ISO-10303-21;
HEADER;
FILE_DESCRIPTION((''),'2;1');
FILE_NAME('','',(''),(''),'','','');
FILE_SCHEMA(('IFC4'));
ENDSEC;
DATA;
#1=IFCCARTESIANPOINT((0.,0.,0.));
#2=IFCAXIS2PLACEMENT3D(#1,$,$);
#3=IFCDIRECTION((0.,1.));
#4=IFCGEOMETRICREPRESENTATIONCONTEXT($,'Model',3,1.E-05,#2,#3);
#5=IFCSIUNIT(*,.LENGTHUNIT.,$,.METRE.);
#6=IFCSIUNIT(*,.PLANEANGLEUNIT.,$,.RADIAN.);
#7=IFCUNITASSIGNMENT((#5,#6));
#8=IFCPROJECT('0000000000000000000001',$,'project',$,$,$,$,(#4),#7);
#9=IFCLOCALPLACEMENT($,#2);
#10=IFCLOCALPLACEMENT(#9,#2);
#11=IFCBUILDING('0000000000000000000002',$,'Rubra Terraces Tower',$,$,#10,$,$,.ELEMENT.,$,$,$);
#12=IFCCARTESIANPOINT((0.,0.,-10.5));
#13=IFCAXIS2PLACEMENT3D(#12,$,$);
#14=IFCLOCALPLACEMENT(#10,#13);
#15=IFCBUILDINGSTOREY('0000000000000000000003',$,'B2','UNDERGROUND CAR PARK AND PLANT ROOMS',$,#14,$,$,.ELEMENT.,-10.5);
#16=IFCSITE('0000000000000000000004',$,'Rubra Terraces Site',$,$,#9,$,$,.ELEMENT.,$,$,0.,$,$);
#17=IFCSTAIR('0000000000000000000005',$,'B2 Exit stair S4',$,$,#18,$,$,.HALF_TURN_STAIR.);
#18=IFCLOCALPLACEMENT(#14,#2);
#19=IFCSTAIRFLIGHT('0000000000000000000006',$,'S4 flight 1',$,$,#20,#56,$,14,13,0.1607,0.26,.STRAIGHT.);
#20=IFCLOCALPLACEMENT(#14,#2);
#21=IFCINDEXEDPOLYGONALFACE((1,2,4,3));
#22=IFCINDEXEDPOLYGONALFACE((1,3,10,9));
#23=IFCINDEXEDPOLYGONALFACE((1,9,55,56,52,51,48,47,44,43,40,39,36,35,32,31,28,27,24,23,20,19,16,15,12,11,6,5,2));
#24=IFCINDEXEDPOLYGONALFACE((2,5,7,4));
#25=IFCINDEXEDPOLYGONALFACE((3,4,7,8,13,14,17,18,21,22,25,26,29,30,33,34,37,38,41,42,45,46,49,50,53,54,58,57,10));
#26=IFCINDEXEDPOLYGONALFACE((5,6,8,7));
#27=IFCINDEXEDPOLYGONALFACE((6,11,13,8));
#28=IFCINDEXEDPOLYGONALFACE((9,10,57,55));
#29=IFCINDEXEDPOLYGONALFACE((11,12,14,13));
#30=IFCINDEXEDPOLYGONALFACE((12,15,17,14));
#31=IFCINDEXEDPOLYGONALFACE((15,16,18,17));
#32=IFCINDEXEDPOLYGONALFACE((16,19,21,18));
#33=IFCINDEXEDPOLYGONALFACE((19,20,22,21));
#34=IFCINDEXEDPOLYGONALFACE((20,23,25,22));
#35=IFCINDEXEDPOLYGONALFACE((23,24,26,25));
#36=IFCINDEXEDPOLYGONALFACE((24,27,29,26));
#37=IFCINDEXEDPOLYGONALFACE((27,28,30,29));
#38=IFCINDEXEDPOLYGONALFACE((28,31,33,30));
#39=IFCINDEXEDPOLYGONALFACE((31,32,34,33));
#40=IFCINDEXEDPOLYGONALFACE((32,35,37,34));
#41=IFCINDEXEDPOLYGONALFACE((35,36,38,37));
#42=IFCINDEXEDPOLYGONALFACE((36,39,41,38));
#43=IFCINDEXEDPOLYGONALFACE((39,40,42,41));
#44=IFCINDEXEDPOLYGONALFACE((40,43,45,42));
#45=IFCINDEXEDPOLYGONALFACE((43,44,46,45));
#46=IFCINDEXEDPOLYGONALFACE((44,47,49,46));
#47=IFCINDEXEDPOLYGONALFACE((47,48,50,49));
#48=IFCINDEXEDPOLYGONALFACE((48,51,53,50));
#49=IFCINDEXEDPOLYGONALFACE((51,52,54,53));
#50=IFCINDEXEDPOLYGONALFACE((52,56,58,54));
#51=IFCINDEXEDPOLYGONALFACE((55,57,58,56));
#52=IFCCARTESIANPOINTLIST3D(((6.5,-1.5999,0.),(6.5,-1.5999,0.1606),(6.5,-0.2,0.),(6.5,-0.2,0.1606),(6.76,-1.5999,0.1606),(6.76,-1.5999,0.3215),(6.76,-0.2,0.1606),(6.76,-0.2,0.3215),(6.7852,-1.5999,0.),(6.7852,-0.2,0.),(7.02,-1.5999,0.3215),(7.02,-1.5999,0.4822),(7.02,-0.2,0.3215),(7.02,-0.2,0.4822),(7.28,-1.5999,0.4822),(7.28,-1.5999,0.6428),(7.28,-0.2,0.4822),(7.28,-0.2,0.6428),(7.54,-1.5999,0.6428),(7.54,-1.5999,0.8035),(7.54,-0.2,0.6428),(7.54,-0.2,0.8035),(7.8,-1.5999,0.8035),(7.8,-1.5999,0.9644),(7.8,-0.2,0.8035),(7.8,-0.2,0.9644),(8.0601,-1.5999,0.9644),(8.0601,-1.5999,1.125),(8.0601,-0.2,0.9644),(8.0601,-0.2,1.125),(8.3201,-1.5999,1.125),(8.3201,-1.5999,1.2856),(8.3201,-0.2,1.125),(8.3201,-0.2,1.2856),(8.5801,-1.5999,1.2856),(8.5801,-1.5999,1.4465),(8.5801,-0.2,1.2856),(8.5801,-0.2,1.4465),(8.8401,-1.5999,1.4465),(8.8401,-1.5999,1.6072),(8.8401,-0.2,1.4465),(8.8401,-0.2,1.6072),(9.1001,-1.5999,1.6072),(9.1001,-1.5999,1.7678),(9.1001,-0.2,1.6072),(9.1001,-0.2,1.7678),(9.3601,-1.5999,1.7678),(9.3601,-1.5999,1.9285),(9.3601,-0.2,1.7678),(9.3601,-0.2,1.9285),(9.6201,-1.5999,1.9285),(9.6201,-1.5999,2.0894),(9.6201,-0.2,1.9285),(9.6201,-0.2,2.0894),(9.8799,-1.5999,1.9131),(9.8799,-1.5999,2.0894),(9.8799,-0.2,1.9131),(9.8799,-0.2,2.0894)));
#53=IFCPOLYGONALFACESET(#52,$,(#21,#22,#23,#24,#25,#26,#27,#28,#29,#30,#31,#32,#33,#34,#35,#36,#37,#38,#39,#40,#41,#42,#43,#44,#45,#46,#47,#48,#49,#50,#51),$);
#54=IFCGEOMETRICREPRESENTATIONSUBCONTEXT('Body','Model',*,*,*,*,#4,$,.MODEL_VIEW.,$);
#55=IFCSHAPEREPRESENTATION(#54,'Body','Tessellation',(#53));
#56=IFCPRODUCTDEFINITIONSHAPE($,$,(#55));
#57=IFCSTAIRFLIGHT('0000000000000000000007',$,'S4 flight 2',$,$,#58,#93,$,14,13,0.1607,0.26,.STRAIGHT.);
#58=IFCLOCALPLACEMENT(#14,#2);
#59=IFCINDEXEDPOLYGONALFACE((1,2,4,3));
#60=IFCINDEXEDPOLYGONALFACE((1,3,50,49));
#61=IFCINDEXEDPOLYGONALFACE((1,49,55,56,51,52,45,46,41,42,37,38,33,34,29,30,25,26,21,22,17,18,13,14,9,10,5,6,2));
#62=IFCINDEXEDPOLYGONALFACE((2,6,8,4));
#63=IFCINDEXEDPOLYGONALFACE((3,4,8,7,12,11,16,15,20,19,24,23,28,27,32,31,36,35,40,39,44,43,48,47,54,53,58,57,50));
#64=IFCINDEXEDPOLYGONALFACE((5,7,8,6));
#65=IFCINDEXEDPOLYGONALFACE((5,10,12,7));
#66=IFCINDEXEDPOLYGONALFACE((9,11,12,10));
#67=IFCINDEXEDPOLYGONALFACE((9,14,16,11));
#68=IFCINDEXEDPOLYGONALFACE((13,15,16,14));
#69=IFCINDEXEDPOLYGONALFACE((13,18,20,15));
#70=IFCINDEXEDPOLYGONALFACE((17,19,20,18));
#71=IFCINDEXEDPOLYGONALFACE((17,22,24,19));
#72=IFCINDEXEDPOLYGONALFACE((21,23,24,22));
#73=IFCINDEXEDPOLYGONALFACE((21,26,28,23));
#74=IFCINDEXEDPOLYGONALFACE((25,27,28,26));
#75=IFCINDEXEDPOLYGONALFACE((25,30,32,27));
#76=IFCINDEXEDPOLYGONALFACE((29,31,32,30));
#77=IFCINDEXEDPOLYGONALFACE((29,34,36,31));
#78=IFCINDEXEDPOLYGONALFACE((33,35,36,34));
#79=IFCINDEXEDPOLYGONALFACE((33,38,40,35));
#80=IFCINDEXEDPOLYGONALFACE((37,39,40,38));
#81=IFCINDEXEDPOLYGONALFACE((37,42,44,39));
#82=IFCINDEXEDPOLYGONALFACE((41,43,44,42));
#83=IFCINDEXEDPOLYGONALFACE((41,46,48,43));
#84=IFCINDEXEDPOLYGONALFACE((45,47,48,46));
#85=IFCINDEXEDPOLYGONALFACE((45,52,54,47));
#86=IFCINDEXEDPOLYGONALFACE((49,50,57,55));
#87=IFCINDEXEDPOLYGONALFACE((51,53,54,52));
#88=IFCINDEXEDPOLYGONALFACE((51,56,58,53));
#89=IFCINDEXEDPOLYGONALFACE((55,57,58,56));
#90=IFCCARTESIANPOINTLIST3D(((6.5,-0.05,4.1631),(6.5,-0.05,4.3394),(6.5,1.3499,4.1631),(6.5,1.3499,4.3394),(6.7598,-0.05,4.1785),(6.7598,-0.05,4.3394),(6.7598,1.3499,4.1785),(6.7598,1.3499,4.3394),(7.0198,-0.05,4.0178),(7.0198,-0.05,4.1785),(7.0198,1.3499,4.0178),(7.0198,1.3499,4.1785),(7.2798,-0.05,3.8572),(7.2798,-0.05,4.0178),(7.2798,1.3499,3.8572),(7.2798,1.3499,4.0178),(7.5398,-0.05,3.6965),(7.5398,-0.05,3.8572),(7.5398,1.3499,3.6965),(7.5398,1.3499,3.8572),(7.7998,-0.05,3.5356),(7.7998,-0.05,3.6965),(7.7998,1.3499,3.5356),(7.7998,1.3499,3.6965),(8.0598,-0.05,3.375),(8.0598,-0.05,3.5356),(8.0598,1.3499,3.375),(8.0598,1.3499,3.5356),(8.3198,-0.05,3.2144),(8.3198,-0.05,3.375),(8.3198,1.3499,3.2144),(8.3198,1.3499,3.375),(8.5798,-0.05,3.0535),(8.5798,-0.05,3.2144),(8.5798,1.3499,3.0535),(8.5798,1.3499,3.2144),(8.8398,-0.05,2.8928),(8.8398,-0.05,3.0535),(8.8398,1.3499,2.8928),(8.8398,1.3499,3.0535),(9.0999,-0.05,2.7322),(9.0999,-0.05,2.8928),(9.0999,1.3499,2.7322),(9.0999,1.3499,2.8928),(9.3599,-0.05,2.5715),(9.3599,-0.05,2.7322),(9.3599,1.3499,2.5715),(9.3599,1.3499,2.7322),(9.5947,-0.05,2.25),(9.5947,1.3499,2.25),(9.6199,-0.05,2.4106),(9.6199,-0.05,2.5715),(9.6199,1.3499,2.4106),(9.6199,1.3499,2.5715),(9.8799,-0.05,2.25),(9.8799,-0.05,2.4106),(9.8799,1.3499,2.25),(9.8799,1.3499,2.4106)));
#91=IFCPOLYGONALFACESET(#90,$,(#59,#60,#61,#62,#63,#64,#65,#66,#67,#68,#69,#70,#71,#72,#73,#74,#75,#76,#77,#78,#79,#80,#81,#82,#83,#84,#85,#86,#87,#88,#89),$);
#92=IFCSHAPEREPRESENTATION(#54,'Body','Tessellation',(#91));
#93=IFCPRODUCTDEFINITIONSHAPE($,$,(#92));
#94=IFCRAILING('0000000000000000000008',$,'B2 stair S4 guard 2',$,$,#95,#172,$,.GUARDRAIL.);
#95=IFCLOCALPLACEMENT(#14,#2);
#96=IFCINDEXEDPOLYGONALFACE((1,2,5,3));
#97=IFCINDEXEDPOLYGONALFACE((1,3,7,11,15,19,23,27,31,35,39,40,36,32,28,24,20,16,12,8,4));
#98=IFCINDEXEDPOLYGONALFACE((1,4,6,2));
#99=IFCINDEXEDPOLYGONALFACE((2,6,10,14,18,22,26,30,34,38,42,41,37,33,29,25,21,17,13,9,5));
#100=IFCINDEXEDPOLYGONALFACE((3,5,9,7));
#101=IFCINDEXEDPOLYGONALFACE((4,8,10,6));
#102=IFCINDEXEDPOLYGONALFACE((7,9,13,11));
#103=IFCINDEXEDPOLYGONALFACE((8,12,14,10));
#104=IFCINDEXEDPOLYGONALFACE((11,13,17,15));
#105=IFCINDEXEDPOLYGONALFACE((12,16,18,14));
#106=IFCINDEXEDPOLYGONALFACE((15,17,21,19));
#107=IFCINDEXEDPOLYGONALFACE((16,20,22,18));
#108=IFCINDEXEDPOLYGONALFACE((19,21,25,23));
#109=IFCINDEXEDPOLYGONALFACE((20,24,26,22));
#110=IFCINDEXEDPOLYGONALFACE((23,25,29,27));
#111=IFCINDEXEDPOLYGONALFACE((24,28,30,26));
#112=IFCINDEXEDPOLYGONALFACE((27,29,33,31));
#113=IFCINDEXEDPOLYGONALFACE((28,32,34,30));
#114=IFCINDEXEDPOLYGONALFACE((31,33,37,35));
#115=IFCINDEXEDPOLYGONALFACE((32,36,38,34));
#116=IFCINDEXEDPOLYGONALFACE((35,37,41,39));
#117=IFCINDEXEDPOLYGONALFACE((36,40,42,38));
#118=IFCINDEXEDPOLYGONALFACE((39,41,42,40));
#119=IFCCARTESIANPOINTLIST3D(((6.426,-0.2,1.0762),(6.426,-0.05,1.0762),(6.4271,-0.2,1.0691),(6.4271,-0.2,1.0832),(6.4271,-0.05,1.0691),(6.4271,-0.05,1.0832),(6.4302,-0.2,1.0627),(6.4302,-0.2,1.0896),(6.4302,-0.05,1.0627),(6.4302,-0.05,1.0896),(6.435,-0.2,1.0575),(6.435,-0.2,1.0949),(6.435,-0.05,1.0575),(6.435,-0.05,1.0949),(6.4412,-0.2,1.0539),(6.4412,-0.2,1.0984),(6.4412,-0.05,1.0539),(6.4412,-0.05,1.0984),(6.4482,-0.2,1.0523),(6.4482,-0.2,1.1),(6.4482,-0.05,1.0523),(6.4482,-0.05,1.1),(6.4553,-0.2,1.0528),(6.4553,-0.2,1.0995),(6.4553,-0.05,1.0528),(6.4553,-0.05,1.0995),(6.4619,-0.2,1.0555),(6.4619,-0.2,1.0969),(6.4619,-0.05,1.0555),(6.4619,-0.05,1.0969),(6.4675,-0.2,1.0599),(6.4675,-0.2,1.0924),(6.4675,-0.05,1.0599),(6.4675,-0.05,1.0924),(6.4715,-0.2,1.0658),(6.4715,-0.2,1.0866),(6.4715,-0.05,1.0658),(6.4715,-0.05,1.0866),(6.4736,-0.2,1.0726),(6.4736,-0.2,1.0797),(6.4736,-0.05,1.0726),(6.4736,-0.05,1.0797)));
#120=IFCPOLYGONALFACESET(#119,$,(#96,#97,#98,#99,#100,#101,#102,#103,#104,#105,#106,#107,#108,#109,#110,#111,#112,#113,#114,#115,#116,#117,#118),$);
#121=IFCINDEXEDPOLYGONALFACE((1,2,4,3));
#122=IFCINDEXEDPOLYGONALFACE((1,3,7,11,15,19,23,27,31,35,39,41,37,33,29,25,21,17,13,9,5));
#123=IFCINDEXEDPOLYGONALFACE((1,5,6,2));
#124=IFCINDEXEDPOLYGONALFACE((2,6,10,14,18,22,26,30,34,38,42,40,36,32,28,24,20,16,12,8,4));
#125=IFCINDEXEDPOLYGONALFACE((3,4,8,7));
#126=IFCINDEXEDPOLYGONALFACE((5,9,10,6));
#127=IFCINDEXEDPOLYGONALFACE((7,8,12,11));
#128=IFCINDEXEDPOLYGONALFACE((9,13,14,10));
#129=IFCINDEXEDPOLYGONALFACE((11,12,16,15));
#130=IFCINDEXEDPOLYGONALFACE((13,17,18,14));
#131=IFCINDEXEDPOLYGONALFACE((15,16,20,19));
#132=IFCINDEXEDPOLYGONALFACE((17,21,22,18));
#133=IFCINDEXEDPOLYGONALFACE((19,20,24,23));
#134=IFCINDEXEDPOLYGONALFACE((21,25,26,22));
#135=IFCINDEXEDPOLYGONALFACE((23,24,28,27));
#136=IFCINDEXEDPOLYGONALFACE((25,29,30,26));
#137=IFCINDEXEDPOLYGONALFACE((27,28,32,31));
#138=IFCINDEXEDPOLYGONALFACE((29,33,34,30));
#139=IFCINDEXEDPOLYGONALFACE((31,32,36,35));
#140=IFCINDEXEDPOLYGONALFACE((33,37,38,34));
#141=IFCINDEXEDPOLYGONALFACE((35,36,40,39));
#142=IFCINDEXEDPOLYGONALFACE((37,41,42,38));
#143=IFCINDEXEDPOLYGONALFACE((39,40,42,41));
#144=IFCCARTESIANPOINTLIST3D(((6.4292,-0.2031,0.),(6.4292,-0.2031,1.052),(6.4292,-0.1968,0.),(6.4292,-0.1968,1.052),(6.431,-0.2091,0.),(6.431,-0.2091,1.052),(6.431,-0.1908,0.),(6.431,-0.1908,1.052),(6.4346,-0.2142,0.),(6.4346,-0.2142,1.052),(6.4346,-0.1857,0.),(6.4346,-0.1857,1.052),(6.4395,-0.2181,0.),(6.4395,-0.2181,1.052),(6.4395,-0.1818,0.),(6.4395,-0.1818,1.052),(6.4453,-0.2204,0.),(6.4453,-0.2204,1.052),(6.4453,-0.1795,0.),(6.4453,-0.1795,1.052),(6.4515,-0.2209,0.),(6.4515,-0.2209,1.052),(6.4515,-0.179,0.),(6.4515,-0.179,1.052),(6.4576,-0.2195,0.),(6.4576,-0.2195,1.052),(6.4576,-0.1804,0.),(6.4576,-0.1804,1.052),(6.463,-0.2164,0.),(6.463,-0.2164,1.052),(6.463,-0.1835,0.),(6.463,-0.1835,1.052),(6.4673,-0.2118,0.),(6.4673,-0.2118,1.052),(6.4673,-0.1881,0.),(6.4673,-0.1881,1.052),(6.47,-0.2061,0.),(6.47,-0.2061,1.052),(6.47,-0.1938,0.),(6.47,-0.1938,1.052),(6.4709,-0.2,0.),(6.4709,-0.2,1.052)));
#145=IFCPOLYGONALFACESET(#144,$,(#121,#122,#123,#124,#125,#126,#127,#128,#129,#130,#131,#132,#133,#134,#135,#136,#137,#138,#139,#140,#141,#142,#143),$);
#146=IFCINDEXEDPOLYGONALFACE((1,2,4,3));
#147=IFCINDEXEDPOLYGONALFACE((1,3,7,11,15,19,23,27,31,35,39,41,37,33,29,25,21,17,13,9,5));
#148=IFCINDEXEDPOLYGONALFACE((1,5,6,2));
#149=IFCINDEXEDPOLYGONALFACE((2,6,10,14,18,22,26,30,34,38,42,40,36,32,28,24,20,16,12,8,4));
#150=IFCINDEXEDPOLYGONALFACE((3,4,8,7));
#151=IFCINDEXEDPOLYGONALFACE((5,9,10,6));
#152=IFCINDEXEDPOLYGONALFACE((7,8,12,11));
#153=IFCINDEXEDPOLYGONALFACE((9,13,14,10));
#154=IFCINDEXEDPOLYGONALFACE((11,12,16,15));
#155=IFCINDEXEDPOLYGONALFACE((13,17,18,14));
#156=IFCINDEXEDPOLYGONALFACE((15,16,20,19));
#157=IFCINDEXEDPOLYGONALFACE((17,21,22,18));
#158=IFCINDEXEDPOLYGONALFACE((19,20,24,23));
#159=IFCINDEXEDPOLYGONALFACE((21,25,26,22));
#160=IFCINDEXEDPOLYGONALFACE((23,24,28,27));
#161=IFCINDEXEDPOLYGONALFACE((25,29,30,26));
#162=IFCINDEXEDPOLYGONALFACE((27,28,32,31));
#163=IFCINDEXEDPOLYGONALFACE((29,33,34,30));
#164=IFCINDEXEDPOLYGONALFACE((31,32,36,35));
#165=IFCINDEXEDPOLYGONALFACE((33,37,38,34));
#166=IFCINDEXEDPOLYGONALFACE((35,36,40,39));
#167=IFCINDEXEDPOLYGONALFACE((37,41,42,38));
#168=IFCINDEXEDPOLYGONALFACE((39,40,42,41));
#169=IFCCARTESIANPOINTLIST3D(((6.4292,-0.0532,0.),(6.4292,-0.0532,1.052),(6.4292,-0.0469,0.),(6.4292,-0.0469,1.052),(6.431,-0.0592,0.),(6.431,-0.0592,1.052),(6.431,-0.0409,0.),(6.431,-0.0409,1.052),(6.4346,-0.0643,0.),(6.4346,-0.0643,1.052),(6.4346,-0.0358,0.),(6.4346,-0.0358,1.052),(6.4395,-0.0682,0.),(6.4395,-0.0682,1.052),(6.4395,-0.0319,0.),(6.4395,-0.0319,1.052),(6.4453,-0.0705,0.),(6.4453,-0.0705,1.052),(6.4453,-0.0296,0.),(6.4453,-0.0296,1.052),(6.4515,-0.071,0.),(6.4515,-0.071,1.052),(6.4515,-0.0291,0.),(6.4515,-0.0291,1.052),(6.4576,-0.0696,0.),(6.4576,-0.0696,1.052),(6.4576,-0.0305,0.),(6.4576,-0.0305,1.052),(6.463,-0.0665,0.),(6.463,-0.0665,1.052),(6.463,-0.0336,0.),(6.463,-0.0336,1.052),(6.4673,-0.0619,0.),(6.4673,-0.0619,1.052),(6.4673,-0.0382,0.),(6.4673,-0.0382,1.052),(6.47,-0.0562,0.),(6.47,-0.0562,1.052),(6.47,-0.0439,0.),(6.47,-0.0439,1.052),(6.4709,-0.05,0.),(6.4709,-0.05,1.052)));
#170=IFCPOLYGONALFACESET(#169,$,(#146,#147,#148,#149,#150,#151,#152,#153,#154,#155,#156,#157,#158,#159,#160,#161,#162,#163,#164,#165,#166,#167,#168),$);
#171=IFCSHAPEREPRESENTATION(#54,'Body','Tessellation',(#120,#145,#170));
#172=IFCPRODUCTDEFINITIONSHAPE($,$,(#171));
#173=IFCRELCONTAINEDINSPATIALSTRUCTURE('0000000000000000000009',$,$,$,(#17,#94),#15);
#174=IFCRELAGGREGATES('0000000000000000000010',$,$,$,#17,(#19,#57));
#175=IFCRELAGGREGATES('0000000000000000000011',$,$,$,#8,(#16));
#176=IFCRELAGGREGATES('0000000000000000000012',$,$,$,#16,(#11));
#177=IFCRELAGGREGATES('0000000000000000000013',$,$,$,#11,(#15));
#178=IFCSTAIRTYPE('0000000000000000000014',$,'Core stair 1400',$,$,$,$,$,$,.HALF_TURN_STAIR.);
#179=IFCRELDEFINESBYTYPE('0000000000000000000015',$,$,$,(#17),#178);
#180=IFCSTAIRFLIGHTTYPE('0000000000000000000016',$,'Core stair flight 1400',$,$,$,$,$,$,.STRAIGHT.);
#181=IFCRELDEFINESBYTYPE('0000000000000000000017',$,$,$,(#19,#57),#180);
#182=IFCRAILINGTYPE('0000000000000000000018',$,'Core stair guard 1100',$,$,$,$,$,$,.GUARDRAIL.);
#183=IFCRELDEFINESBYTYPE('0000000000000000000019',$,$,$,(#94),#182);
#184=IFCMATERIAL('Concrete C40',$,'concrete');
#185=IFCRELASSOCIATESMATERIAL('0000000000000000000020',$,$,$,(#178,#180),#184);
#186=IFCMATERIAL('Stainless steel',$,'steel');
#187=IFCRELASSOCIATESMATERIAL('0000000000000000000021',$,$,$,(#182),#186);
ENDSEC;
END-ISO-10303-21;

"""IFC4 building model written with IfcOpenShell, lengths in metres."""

from ifc_helpers import new_model, si_unit, direction, frame, origin, origin_2d, place, context, subcontext, project, spatial, polyline, circle, outline, extrude, material, type_object, element, aggregate, save


model = new_model("IFC4")

# Units and contexts
model_context = context("Model", 3, precision=1e-05, world=origin(), true_north=direction((0.0, 1.0)))
body_context = subcontext(model_context, "Body", "Model", "MODEL_VIEW")
ifc_project = project(units=[si_unit("LENGTHUNIT", "METRE"), si_unit("PLANEANGLEUNIT", "RADIAN")], contexts=[model_context])

# Site, building, storey
site_placement = place(None, origin())
site = spatial("IfcSite", under=ifc_project, at=site_placement, Name="Rubra Terraces Site", CompositionType="ELEMENT", RefElevation=0.0)
building_placement = place(site_placement, origin())
building = spatial("IfcBuilding", under=site, at=building_placement, Name="Rubra Terraces Tower", CompositionType="ELEMENT")
storey_placement = place(building_placement, frame((0.0, 0.0, -10.5)))
storey = spatial("IfcBuildingStorey", under=building, at=storey_placement, Name="B2", Description="UNDERGROUND CAR PARK AND PLANT ROOMS", CompositionType="ELEMENT", Elevation=-10.5)

# Stair
ifc_material_1 = material(Name="Concrete C40", Category="concrete")
stair_type = type_object("IfcStairType", Name="Core stair 1400", PredefinedType="HALF_TURN_STAIR", material=ifc_material_1)
stair_1_placement = place(storey_placement, origin())
stair_1 = element("IfcStair", 1, at=stair_1_placement, inside=storey, type_object=stair_type, Name="B2 Exit stair S4", PredefinedType="HALF_TURN_STAIR")

# Shared definitions
ifc_material_2 = material(Name="Stainless steel", Category="steel")

# Stair flights
stair_flight_type = type_object("IfcStairFlightType", Name="Core stair flight 1400", PredefinedType="STRAIGHT", material=ifc_material_1)
stair_flight_1_placement = place(storey_placement, frame((6.5, -0.8999, 0.0), z_axis=(0.0, 0.0, 1.0), x_axis=(1.0, 0.0, 0.0)))
stair_flight_1 = element("IfcStairFlight", 2, at=stair_flight_1_placement, type_object=stair_flight_type, Name="S4 flight 1", NumberOfRisers=14, NumberOfTreads=13, PredefinedType="STRAIGHT", RiserHeight=0.1607, TreadLength=0.26, context=body_context, shape_type="SweptSolid", body=[
    extrude(outline(polyline([(0.0, 0.0), (0.0, 0.1606), (0.26, 0.1606), (0.26, 0.3215), (0.52, 0.3215), (0.52, 0.4822), (0.78, 0.4822), (0.78, 0.6428), (1.04, 0.6428), (1.04, 0.8035), (1.3, 0.8035), (1.3, 0.9644), (1.5601, 0.9644), (1.5601, 1.125), (1.8201, 1.125), (1.8201, 1.2856), (2.0801, 1.2856), (2.0801, 1.4465), (2.3401, 1.4465), (2.3401, 1.6072), (2.6001, 1.6072), (2.6001, 1.7678), (2.8601, 1.7678), (2.8601, 1.9285), (3.1201, 1.9285), (3.1201, 2.0894), (3.3799, 2.0894), (3.3799, 2.25), (3.3799, 1.9131), (0.2852, 0.0), (0.0, 0.0)])), frame((0.0, 0.7, 0.0), z_axis=(0.0, -1.0, 0.0), x_axis=(1.0, 0.0, 0.0)), (0.0, 0.0, 1.0), 1.3999),
])
stair_flight_2_placement = place(storey_placement, frame((9.8799, 0.6499, 2.25), z_axis=(0.0, 0.0, 1.0), x_axis=(-1.0, 0.0, 0.0)))
stair_flight_2 = element("IfcStairFlight", 3, at=stair_flight_2_placement, type_object=stair_flight_type, Name="S4 flight 2", NumberOfRisers=14, NumberOfTreads=13, PredefinedType="STRAIGHT", RiserHeight=0.1607, TreadLength=0.26, context=body_context, shape_type="SweptSolid", body=[
    extrude(outline(polyline([(0.0, 0.0), (0.0, 0.1606), (0.26, 0.1606), (0.26, 0.3215), (0.52, 0.3215), (0.52, 0.4822), (0.78, 0.4822), (0.78, 0.6428), (1.04, 0.6428), (1.04, 0.8035), (1.3, 0.8035), (1.3, 0.9644), (1.5601, 0.9644), (1.5601, 1.125), (1.8201, 1.125), (1.8201, 1.2856), (2.0801, 1.2856), (2.0801, 1.4465), (2.3401, 1.4465), (2.3401, 1.6072), (2.6001, 1.6072), (2.6001, 1.7678), (2.8601, 1.7678), (2.8601, 1.9285), (3.1201, 1.9285), (3.1201, 2.0894), (3.3799, 2.0894), (3.3799, 2.25), (3.3799, 1.9131), (0.2852, 0.0), (0.0, 0.0)])), frame((0.0, 0.7, 0.0), z_axis=(0.0, -1.0, 0.0), x_axis=(1.0, 0.0, 0.0)), (0.0, 0.0, 1.0), 1.3999),
])
aggregate(stair_1, [stair_flight_1, stair_flight_2])

# Railing
railing_type_1 = type_object("IfcRailingType", Name="Core stair guard 1100", PredefinedType="GUARDRAIL", material=ifc_material_2)
railing_1_placement = place(storey_placement, frame((6.45, -0.2, 0.0)))
element("IfcRailing", 4, at=railing_1_placement, inside=storey, type_object=railing_type_1, Name="B2 stair S4 guard 2", PredefinedType="GUARDRAIL", context=body_context, shape_type="SweptSolid", body=[
    extrude(circle(Radius=0.0239, at=origin_2d()), frame((0.0, 0.0, 1.0762), z_axis=(0.0, 1.0, 0.0), x_axis=(-1.0, 0.0, 0.0)), (0.0, 0.0, 1.0), 0.1499),
    extrude(circle(Radius=0.021, at=origin_2d()), origin(), (0.0, 0.0, 1.0), 1.052),
    extrude(circle(Radius=0.021, at=origin_2d()), frame((0.0, 0.1499, 0.0)), (0.0, 0.0, 1.0), 1.052),
])

save(model, "model.ifc")
